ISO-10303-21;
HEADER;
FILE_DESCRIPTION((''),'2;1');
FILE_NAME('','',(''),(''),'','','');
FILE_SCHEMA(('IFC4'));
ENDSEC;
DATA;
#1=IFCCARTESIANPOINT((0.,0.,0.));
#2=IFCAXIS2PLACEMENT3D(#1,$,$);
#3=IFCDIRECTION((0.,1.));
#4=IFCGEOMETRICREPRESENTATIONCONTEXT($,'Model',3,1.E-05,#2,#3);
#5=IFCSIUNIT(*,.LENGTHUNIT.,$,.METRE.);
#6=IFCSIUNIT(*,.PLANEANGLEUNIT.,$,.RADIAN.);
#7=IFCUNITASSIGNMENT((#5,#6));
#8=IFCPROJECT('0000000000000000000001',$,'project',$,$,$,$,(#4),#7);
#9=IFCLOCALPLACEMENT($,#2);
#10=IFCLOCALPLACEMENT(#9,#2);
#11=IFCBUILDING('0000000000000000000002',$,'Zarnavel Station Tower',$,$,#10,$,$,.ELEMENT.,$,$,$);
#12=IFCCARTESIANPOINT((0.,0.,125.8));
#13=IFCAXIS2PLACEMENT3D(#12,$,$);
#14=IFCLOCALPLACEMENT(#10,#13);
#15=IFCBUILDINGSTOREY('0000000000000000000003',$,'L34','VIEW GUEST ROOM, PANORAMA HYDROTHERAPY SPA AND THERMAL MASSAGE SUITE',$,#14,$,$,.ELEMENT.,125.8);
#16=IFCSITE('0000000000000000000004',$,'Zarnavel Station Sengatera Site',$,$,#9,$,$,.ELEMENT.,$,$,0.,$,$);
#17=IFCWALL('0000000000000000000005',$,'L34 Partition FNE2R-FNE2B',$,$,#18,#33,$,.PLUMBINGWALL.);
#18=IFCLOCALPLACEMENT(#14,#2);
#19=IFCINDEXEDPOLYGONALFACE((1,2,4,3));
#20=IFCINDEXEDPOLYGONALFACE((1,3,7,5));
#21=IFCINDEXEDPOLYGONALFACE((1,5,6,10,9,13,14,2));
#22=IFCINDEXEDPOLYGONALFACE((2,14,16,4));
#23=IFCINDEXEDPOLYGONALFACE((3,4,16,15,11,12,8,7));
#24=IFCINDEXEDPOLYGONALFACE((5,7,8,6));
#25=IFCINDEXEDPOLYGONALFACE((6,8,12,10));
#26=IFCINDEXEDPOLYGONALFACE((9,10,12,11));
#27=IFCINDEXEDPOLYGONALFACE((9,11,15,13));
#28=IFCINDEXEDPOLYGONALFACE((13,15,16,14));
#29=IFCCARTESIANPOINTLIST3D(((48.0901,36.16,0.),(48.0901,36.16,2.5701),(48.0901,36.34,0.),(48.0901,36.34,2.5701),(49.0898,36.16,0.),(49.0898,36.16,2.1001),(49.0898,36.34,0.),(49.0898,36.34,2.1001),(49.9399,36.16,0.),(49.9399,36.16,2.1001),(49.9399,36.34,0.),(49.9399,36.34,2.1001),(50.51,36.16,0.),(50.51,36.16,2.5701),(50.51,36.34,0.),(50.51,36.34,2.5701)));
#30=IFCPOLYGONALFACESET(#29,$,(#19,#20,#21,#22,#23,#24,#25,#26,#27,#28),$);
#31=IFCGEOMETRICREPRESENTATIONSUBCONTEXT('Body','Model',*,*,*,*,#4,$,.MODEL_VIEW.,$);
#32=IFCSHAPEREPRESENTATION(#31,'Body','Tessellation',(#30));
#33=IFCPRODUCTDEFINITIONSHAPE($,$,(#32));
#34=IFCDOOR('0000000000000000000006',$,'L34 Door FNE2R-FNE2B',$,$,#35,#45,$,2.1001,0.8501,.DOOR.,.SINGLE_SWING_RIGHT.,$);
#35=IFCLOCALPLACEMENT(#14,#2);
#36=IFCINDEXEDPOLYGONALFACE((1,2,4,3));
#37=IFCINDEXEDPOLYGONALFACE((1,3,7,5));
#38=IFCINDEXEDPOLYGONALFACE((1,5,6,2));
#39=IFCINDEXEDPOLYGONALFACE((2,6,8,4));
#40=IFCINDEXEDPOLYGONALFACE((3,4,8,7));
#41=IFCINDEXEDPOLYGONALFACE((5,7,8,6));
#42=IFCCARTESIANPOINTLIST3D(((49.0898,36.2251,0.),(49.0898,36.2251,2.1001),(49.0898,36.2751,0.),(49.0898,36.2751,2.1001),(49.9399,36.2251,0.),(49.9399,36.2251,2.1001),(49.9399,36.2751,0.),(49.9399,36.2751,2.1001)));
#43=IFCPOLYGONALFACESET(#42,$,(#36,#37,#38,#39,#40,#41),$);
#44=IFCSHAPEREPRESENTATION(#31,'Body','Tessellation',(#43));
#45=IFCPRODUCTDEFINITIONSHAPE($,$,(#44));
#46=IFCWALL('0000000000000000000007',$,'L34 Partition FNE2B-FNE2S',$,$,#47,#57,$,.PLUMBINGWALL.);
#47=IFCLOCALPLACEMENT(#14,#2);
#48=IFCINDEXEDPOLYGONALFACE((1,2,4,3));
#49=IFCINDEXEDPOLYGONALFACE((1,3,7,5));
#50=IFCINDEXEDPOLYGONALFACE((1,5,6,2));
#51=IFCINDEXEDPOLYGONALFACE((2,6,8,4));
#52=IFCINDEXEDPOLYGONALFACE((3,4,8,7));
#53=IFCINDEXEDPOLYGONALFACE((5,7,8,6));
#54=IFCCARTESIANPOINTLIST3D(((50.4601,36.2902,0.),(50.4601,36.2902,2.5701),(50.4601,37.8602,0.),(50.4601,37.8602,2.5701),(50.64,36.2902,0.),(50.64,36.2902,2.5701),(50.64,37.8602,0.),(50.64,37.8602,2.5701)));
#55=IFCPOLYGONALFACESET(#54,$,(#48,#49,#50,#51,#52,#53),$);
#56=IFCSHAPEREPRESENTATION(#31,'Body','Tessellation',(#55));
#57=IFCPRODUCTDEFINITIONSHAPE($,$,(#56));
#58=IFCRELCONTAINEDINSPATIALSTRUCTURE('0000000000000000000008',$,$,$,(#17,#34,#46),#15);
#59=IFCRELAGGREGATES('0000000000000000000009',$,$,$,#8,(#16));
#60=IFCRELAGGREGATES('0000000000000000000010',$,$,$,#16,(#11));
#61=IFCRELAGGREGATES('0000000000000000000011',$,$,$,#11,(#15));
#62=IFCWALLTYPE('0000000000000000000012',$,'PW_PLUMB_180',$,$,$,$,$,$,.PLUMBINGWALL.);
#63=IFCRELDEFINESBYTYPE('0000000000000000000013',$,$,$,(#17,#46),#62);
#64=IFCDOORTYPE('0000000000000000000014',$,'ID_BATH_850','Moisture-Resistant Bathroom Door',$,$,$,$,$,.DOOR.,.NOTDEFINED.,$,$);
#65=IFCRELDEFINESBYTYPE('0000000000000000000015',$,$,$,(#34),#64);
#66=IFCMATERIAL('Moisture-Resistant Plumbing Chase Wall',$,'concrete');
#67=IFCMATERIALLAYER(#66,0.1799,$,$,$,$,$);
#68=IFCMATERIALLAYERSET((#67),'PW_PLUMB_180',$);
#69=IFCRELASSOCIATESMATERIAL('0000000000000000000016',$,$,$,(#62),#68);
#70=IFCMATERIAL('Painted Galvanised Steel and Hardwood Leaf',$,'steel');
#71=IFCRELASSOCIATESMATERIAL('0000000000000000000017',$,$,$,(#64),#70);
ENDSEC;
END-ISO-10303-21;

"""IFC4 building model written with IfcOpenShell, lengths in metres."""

from ifc_helpers import new_model, si_unit, direction, frame, frame_2d, origin, place, context, subcontext, project, spatial, rectangle, extrude, material, layer, layer_set, type_object, element, fill, save


model = new_model("IFC4")

# Units and contexts
model_context = context("Model", 3, precision=1e-05, world=origin(), true_north=direction((0.0, 1.0)))
body_context = subcontext(model_context, "Body", "Model", "MODEL_VIEW")
ifc_project = project(units=[si_unit("LENGTHUNIT", "METRE"), si_unit("PLANEANGLEUNIT", "RADIAN")], contexts=[model_context])

# Site, building, storey
site_placement = place(None, origin())
site = spatial("IfcSite", under=ifc_project, at=site_placement, Name="Zarnavel Station Sengatera Site", CompositionType="ELEMENT", RefElevation=0.0)
building_placement = place(site_placement, origin())
building = spatial("IfcBuilding", under=site, at=building_placement, Name="Zarnavel Station Tower", CompositionType="ELEMENT")
storey_placement = place(building_placement, frame((0.0, 0.0, 125.8)))
storey = spatial("IfcBuildingStorey", under=building, at=storey_placement, Name="L34", Description="VIEW GUEST ROOM, PANORAMA HYDROTHERAPY SPA AND THERMAL MASSAGE SUITE", CompositionType="ELEMENT", Elevation=125.8)

# Shared definitions
ifc_material_1 = material(Name="Moisture-Resistant Plumbing Chase Wall", Category="concrete")
ifc_layer_1 = layer(ifc_material_1, 0.1799)
ifc_layer_set_1 = layer_set([ifc_layer_1], Name="PW_PLUMB_180")
wall_type_1 = type_object("IfcWallType", Name="PW_PLUMB_180", PredefinedType="PLUMBINGWALL", material=ifc_layer_set_1)

# Shared definitions
ifc_material_2 = material(Name="Painted Galvanised Steel and Hardwood Leaf", Category="steel")
door_type_1 = type_object("IfcDoorType", Name="ID_BATH_850", Description="Moisture-Resistant Bathroom Door", OperationType="NOTDEFINED", PredefinedType="DOOR", material=ifc_material_2)

# Wall, opening, door
wall_1_placement = place(storey_placement, frame((50.51, 36.25, 0.0), z_axis=(0.0, 0.0, 1.0), x_axis=(-1.0, 0.0, 0.0)))
wall_1 = element("IfcWall", 1, at=wall_1_placement, inside=storey, type_object=wall_type_1, Name="L34 Partition FNE2R-FNE2B", PredefinedType="PLUMBINGWALL", context=body_context, shape_type="SweptSolid", body=[
    extrude(rectangle(XDim=2.4199, YDim=0.1799, at=frame_2d((1.21, 0.0))), origin(), (0.0, 0.0, 1.0), 2.5701),
])
opening_1_placement = place(wall_1_placement, frame((0.5701, 0.0, 0.0)))
opening_1 = element("IfcOpeningElement", 2, at=opening_1_placement, cuts=wall_1, PredefinedType="OPENING", context=body_context, shape_type="SweptSolid", body=[
    extrude(rectangle(XDim=0.8501, YDim=2.1001, at=frame_2d((0.425, 1.05))), frame((0.0, 0.0999, 0.0), z_axis=(0.0, -1.0, 0.0), x_axis=(1.0, 0.0, 0.0)), (0.0, 0.0, 1.0), 0.2),
])
door_1_placement = place(opening_1_placement, origin())
door_1 = element("IfcDoor", 3, at=door_1_placement, inside=storey, type_object=door_type_1, Name="L34 Door FNE2R-FNE2B", OperationType="SINGLE_SWING_RIGHT", OverallHeight=2.1001, OverallWidth=0.8501, PredefinedType="DOOR", context=body_context, shape_type="SweptSolid", body=[
    extrude(rectangle(XDim=0.8501, YDim=2.1001, at=frame_2d((0.425, 1.05))), frame((0.0, 0.0249, 0.0), z_axis=(0.0, -1.0, 0.0), x_axis=(1.0, 0.0, 0.0)), (0.0, 0.0, 1.0), 0.05),
])
fill(opening_1, door_1)

# Wall
wall_2_placement = place(storey_placement, frame((50.55, 36.29, 0.0), z_axis=(0.0, 0.0, 1.0), x_axis=(0.0, 1.0, 0.0)))
element("IfcWall", 4, at=wall_2_placement, inside=storey, type_object=wall_type_1, Name="L34 Partition FNE2B-FNE2S", PredefinedType="PLUMBINGWALL", context=body_context, shape_type="SweptSolid", body=[
    extrude(rectangle(XDim=1.5701, YDim=0.1799, at=frame_2d((0.7852, 0.0))), origin(), (0.0, 0.0, 1.0), 2.5701),
])

save(model, "model.ifc")
